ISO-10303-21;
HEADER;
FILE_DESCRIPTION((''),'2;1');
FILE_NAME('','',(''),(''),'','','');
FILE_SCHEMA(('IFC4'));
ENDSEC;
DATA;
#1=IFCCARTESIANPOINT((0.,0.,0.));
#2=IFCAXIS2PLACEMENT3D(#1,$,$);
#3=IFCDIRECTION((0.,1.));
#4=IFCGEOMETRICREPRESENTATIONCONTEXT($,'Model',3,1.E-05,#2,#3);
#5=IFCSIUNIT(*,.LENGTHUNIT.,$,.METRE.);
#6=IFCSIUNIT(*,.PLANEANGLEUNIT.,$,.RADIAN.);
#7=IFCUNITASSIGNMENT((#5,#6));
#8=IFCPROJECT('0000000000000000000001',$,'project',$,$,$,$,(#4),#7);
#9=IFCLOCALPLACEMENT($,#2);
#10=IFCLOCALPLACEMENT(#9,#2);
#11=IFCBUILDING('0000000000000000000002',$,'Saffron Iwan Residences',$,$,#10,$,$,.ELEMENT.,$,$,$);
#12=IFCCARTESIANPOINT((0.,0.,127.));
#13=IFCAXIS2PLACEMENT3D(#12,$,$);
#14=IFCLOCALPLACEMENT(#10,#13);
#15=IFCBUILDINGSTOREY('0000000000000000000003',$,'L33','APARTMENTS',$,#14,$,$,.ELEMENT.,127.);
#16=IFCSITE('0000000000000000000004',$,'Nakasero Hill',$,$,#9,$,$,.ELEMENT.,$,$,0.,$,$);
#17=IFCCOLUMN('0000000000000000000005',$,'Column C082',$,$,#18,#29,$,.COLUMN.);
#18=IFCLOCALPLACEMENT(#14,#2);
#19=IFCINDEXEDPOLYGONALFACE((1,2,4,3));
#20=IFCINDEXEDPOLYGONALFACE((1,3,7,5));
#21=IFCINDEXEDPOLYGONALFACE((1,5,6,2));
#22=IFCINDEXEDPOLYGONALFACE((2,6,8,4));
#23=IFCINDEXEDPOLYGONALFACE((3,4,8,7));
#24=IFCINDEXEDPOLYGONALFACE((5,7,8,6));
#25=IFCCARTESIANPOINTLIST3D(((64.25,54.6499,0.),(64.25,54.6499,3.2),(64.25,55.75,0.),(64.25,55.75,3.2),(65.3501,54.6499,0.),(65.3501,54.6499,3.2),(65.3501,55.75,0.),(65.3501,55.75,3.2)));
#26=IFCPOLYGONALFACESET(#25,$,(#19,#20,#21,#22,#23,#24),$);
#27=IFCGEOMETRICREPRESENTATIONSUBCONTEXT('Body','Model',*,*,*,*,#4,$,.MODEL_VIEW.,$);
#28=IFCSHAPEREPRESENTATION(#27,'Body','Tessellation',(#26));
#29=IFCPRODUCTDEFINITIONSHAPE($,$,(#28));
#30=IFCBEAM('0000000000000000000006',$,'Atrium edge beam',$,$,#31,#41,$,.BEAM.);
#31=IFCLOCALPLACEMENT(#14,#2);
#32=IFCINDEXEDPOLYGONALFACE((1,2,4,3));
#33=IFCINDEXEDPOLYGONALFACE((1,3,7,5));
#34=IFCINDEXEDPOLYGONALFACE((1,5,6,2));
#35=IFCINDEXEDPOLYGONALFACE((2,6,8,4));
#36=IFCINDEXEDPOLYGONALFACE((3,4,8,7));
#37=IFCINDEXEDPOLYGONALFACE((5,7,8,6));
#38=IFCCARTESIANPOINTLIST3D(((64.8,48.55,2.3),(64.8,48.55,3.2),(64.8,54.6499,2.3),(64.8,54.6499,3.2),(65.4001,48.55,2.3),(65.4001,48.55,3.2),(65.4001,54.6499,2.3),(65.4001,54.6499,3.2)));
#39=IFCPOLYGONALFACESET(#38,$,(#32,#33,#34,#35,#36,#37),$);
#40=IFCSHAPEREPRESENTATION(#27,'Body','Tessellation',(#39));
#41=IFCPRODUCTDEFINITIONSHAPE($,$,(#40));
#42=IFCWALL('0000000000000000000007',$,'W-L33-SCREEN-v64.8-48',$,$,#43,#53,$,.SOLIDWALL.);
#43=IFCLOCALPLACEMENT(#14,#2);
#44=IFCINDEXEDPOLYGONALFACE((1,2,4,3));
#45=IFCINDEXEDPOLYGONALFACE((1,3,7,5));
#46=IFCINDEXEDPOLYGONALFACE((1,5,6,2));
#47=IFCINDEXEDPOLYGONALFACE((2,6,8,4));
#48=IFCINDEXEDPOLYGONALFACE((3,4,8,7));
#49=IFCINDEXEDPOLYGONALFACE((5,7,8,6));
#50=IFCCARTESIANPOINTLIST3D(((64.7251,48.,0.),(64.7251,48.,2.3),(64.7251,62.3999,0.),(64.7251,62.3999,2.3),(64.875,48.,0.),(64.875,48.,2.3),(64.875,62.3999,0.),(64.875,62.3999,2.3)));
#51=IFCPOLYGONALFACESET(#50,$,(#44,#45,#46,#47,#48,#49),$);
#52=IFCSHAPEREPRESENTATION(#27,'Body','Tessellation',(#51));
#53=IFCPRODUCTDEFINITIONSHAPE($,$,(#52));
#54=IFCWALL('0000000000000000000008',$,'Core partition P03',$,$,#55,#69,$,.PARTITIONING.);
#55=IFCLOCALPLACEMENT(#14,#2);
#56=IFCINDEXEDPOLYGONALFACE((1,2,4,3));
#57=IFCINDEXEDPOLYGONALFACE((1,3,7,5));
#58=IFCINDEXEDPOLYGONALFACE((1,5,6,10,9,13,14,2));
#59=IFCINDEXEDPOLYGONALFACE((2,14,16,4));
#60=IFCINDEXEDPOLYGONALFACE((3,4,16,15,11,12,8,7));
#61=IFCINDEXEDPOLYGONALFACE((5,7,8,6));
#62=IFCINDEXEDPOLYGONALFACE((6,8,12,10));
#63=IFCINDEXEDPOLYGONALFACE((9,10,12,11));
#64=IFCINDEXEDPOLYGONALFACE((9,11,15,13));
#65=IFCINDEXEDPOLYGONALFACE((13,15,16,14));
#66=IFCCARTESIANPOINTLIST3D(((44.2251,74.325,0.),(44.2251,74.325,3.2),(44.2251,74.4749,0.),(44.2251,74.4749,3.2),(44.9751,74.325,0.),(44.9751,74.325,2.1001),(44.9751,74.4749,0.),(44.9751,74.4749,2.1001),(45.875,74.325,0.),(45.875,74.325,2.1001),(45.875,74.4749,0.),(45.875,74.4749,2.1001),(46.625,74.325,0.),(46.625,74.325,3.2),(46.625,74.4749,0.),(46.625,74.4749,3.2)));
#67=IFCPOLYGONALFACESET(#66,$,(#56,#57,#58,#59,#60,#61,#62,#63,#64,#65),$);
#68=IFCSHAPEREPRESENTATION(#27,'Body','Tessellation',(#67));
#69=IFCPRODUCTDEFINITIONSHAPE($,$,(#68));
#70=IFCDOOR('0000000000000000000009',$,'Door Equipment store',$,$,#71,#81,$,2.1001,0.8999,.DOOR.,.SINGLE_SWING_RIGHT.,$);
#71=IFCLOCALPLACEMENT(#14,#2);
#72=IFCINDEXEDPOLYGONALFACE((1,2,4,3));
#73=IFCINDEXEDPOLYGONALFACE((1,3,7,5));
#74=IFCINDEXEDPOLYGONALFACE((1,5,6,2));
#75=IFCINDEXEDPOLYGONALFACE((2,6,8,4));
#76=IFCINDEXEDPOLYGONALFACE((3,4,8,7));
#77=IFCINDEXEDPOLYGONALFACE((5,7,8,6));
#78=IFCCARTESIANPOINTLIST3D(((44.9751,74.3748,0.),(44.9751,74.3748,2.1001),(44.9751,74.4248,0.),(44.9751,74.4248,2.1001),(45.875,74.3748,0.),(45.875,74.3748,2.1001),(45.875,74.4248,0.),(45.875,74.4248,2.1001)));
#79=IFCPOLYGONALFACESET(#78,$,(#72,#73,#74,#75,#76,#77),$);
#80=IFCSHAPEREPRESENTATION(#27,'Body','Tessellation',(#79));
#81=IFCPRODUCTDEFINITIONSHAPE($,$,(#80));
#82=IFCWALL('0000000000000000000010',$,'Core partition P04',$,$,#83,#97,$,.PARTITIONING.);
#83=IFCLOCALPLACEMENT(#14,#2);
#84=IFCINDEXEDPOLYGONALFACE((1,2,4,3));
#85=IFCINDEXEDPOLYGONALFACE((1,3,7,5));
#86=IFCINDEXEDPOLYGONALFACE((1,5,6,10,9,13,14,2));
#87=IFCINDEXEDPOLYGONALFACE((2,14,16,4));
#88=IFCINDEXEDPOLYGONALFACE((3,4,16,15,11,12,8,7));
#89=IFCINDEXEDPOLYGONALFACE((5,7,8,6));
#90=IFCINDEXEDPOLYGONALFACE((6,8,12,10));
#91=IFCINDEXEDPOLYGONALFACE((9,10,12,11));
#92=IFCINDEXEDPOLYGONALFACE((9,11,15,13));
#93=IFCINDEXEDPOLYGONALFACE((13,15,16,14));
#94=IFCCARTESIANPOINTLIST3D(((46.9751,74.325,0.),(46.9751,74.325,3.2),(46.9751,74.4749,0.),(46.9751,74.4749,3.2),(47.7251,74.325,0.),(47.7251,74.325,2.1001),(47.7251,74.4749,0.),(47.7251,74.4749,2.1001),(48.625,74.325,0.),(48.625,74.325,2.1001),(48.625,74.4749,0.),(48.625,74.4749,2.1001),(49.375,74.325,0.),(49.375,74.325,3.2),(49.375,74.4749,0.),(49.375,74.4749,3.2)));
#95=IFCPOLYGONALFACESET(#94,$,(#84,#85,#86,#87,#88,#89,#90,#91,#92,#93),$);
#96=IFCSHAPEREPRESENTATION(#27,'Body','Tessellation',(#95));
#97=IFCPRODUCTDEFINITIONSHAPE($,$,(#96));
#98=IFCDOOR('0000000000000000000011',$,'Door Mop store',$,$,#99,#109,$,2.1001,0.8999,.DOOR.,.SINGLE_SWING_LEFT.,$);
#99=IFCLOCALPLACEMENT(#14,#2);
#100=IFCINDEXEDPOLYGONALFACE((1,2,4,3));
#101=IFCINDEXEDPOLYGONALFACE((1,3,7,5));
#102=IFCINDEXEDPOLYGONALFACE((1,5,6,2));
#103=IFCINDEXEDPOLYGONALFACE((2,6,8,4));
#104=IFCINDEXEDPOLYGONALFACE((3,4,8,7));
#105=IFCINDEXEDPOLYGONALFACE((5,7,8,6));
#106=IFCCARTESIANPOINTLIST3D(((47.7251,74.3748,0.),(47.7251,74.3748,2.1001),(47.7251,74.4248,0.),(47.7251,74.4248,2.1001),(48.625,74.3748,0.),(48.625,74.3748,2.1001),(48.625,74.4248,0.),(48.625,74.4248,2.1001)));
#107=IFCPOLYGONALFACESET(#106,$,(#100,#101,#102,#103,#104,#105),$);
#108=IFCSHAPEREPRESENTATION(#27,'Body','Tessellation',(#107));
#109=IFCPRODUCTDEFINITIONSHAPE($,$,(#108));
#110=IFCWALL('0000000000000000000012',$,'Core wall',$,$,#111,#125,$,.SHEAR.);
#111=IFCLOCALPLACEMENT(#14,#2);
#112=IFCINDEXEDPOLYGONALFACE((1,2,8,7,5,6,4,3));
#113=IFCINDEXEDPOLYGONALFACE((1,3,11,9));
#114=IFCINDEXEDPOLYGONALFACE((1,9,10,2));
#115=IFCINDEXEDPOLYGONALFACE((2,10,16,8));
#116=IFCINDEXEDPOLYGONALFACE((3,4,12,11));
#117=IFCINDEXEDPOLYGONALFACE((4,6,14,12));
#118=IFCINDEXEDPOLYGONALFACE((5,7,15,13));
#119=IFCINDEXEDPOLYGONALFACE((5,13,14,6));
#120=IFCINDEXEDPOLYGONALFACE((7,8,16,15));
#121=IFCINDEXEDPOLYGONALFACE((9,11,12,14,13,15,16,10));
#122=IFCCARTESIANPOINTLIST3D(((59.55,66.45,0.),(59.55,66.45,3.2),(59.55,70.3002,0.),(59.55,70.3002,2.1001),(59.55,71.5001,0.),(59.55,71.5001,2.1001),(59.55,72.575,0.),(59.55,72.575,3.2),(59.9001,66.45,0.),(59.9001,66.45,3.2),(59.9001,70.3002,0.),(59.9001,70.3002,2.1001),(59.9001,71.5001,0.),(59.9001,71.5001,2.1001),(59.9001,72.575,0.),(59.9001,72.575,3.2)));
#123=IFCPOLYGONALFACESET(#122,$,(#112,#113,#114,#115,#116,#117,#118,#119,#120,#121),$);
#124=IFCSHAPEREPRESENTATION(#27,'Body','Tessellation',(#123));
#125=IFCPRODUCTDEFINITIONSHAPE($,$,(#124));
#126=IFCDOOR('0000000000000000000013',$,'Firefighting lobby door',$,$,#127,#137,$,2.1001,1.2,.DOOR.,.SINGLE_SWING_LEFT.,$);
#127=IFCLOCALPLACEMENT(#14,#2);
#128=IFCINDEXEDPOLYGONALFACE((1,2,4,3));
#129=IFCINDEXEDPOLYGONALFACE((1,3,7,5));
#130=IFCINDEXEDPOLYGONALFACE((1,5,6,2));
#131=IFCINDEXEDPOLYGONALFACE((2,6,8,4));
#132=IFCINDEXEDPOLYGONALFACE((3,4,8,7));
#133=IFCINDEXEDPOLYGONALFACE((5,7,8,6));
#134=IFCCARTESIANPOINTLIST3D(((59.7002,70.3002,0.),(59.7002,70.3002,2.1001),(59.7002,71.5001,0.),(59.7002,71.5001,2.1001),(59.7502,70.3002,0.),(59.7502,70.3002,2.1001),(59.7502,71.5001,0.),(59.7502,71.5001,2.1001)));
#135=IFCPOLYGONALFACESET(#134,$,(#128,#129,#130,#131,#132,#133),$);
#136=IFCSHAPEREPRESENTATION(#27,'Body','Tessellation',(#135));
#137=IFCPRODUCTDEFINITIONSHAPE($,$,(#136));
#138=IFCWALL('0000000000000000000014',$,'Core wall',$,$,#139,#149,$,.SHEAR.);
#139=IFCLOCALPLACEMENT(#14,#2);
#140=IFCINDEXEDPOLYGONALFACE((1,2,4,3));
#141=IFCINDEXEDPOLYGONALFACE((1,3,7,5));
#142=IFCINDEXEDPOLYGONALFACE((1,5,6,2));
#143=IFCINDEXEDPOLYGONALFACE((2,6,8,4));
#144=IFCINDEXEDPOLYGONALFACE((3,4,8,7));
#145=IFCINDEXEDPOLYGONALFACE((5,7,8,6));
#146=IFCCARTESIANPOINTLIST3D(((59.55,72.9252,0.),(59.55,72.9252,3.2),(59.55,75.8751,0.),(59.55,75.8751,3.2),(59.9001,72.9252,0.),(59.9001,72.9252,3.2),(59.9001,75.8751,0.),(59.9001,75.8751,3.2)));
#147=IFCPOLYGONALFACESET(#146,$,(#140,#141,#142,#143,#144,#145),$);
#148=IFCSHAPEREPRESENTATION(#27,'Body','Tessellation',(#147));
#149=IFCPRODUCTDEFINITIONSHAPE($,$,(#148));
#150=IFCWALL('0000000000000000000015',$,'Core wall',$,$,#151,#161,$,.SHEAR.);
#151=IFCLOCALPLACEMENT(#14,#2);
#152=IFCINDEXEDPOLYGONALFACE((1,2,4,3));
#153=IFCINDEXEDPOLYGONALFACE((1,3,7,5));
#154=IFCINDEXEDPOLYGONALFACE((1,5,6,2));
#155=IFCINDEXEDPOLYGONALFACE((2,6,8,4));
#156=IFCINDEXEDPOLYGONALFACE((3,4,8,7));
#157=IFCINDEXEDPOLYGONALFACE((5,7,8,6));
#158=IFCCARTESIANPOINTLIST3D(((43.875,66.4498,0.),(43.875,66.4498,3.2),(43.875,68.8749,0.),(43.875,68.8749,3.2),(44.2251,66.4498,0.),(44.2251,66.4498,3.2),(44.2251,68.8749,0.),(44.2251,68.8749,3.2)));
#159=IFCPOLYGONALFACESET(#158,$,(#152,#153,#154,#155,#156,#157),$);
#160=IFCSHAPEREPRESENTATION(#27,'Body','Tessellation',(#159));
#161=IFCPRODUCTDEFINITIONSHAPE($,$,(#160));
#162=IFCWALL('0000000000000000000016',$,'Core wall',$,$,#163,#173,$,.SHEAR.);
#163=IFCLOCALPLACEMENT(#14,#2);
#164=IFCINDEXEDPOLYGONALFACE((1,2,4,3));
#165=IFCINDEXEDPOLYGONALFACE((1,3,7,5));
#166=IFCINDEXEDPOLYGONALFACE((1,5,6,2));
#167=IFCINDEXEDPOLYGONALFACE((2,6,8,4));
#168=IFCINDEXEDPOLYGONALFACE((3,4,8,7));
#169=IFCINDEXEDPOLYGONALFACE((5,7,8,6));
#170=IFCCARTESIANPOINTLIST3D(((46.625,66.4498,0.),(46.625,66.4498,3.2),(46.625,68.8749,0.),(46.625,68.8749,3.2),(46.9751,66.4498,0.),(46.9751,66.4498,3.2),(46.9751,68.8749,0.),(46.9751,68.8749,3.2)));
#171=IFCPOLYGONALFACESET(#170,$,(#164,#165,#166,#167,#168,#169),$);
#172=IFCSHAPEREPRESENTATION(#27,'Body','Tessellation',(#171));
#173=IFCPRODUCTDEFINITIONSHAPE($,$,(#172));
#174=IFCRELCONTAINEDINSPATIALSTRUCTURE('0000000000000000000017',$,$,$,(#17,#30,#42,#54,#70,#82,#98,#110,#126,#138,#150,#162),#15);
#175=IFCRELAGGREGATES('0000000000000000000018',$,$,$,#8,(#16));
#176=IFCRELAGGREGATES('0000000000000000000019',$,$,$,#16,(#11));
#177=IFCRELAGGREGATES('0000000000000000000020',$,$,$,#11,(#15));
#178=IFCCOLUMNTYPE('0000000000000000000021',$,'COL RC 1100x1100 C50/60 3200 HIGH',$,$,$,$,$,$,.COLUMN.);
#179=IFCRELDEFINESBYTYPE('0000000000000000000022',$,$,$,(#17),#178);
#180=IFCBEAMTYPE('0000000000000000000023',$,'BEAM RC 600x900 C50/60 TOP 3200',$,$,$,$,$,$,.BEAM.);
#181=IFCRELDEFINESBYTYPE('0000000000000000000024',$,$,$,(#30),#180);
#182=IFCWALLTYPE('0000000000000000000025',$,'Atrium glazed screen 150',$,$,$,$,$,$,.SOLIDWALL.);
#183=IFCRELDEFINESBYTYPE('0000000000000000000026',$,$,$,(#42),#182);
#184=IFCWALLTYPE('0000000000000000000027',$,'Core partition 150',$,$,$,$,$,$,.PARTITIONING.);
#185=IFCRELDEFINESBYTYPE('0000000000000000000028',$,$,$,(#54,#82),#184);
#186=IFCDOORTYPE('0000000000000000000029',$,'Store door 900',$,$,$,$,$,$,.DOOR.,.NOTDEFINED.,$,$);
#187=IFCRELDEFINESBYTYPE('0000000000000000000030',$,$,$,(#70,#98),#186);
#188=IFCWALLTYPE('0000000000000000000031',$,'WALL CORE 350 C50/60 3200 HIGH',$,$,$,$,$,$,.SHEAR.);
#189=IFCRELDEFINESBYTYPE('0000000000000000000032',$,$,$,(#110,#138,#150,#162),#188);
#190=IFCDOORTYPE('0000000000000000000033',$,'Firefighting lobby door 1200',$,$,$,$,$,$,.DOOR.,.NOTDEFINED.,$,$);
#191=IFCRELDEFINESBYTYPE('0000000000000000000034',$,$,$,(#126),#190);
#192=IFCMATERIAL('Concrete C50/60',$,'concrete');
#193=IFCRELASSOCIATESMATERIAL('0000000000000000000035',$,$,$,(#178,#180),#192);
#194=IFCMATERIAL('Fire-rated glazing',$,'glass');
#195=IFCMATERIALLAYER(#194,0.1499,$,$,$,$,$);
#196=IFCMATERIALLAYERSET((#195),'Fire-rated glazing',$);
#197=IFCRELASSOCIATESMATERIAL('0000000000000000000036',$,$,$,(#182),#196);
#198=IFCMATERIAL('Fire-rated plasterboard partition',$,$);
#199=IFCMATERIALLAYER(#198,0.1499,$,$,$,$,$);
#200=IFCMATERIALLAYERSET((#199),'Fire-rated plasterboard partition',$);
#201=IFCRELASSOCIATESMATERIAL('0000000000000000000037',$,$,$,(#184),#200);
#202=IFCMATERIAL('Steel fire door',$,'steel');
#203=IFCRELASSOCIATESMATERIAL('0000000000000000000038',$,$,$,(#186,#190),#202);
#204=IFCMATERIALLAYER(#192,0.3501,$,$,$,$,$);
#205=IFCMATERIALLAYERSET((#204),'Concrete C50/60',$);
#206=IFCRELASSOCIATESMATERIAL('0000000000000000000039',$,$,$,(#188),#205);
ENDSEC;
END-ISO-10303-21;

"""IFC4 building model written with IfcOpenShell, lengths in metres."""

from ifc_helpers import new_model, si_unit, direction, frame, frame_2d, origin, origin_2d, place, context, subcontext, project, spatial, rectangle, extrude, source, transform, mapped, material, layer, layer_set, material_profile, profile_set, type_object, element, fill, save


model = new_model("IFC4")

# Units and contexts
model_context = context("Model", 3, precision=1e-05, world=origin(), true_north=direction((0.0, 1.0)))
body_context = subcontext(model_context, "Body", "Model", "MODEL_VIEW")
ifc_project = project(units=[si_unit("LENGTHUNIT", "METRE"), si_unit("PLANEANGLEUNIT", "RADIAN")], contexts=[model_context])

# Site, building, storey
site_placement = place(None, origin())
site = spatial("IfcSite", under=ifc_project, at=site_placement, Name="Nakasero Hill", CompositionType="ELEMENT", RefElevation=0.0)
building_placement = place(site_placement, origin())
building = spatial("IfcBuilding", under=site, at=building_placement, Name="Saffron Iwan Residences", CompositionType="ELEMENT")
storey_placement = place(building_placement, frame((0.0, 0.0, 127.0)))
storey = spatial("IfcBuildingStorey", under=building, at=storey_placement, Name="L33", Description="APARTMENTS", CompositionType="ELEMENT", Elevation=127.0)

# Column
ifc_material_1 = material(Name="Concrete C50/60", Category="concrete")
ifc_material_profile_1 = material_profile(ifc_material_1, rectangle(XDim=1.1001, YDim=1.1001, at=origin_2d()), Name="RC 1100x1100")
ifc_profile_set_1 = profile_set([ifc_material_profile_1], Name="Concrete C50/60")
column_type = type_object("IfcColumnType", Name="COL RC 1100x1100 C50/60 3200 HIGH", PredefinedType="COLUMN", material=ifc_profile_set_1)
shared_shape_1 = source(origin(), body_context, "Body", "SweptSolid", [
    extrude(rectangle(XDim=1.1001, YDim=1.1001, at=origin_2d()), origin(), (0.0, 0.0, 1.0), 3.2),
])
column_placement = place(storey_placement, frame((64.8, 55.2, 0.0), z_axis=(0.0, 0.0, 1.0), x_axis=(1.0, 0.0, 0.0)))
element("IfcColumn", 1, at=column_placement, inside=storey, type_object=column_type, Name="Column C082", PredefinedType="COLUMN", context=body_context, shape_type="MappedRepresentation", body=[
    mapped(shared_shape_1, transform((0.0, 0.0, 0.0))),
])

# Beam
ifc_material_profile_2 = material_profile(ifc_material_1, rectangle(XDim=0.6001, YDim=0.8999, at=origin_2d()), Name="RC 600x900")
ifc_profile_set_2 = profile_set([ifc_material_profile_2], Name="Concrete C50/60")
beam_type = type_object("IfcBeamType", Name="BEAM RC 600x900 C50/60 TOP 3200", PredefinedType="BEAM", material=ifc_profile_set_2)
shared_shape_2 = source(origin(), body_context, "Body", "SweptSolid", [
    extrude(rectangle(XDim=0.6001, YDim=0.8999, at=origin_2d()), origin(), (0.0, 0.0, 1.0), 6.0999),
])
beam_placement = place(storey_placement, frame((65.1001, 54.6499, 2.75), z_axis=(0.0, -1.0, 0.0), x_axis=(1.0, 0.0, 0.0)))
element("IfcBeam", 2, at=beam_placement, inside=storey, type_object=beam_type, Name="Atrium edge beam", PredefinedType="BEAM", context=body_context, shape_type="MappedRepresentation", body=[
    mapped(shared_shape_2, transform((0.0, 0.0, 0.0))),
])

# Wall
ifc_material_2 = material(Name="Fire-rated glazing", Category="glass")
ifc_layer_1 = layer(ifc_material_2, 0.1499)
ifc_layer_set_1 = layer_set([ifc_layer_1], Name="Fire-rated glazing")
wall_type_1 = type_object("IfcWallType", Name="Atrium glazed screen 150", PredefinedType="SOLIDWALL", material=ifc_layer_set_1)
wall_1_placement = place(storey_placement, frame((64.8, 48.0, 0.0), z_axis=(0.0, 0.0, 1.0), x_axis=(0.0, 1.0, 0.0)))
element("IfcWall", 3, at=wall_1_placement, inside=storey, type_object=wall_type_1, Name="W-L33-SCREEN-v64.8-48", PredefinedType="SOLIDWALL", context=body_context, shape_type="SweptSolid", body=[
    extrude(rectangle(XDim=14.3999, YDim=0.1499, at=frame_2d((7.2, 0.0))), origin(), (0.0, 0.0, 1.0), 2.3),
])

# Walls, openings, doors
ifc_material_3 = material(Name="Fire-rated plasterboard partition")
ifc_layer_2 = layer(ifc_material_3, 0.1499)
ifc_layer_set_2 = layer_set([ifc_layer_2], Name="Fire-rated plasterboard partition")
wall_type_2 = type_object("IfcWallType", Name="Core partition 150", PredefinedType="PARTITIONING", material=ifc_layer_set_2)
wall_2_placement = place(storey_placement, frame((44.2251, 74.3999, 0.0), z_axis=(0.0, 0.0, 1.0), x_axis=(1.0, 0.0, 0.0)))
wall_2 = element("IfcWall", 4, at=wall_2_placement, inside=storey, type_object=wall_type_2, Name="Core partition P03", PredefinedType="PARTITIONING", context=body_context, shape_type="SweptSolid", body=[
    extrude(rectangle(XDim=2.3999, YDim=0.1499, at=frame_2d((1.2, 0.0))), origin(), (0.0, 0.0, 1.0), 3.2),
])
opening_1_placement = place(wall_2_placement, frame((0.75, 0.0, 0.0)))
opening_1 = element("IfcOpeningElement", 5, at=opening_1_placement, cuts=wall_2, PredefinedType="OPENING", context=body_context, shape_type="SweptSolid", body=[
    extrude(rectangle(XDim=0.8999, YDim=2.1001, at=frame_2d((0.45, 1.05))), frame((0.0, 0.085, 0.0), z_axis=(0.0, -1.0, 0.0), x_axis=(1.0, 0.0, 0.0)), (0.0, 0.0, 1.0), 0.1699),
])
ifc_material_4 = material(Name="Steel fire door", Category="steel")
door_type_1 = type_object("IfcDoorType", Name="Store door 900", OperationType="NOTDEFINED", PredefinedType="DOOR", material=ifc_material_4)
door_1_placement = place(opening_1_placement, origin())
door_1 = element("IfcDoor", 6, at=door_1_placement, inside=storey, type_object=door_type_1, Name="Door Equipment store", OperationType="SINGLE_SWING_RIGHT", OverallHeight=2.1001, OverallWidth=0.8999, PredefinedType="DOOR", context=body_context, shape_type="SweptSolid", body=[
    extrude(rectangle(XDim=0.8999, YDim=2.1001, at=frame_2d((0.45, 1.05))), frame((0.0, 0.0249, 0.0), z_axis=(0.0, -1.0, 0.0), x_axis=(1.0, 0.0, 0.0)), (0.0, 0.0, 1.0), 0.05),
])
fill(opening_1, door_1)
wall_3_placement = place(storey_placement, frame((46.9751, 74.3999, 0.0), z_axis=(0.0, 0.0, 1.0), x_axis=(1.0, 0.0, 0.0)))
wall_3 = element("IfcWall", 7, at=wall_3_placement, inside=storey, type_object=wall_type_2, Name="Core partition P04", PredefinedType="PARTITIONING", context=body_context, shape_type="SweptSolid", body=[
    extrude(rectangle(XDim=2.3999, YDim=0.1499, at=frame_2d((1.2, 0.0))), origin(), (0.0, 0.0, 1.0), 3.2),
])
opening_2_placement = place(wall_3_placement, frame((0.75, 0.0, 0.0)))
opening_2 = element("IfcOpeningElement", 8, at=opening_2_placement, cuts=wall_3, PredefinedType="OPENING", context=body_context, shape_type="SweptSolid", body=[
    extrude(rectangle(XDim=0.8999, YDim=2.1001, at=frame_2d((0.45, 1.05))), frame((0.0, 0.085, 0.0), z_axis=(0.0, -1.0, 0.0), x_axis=(1.0, 0.0, 0.0)), (0.0, 0.0, 1.0), 0.1699),
])
door_2_placement = place(opening_2_placement, origin())
door_2 = element("IfcDoor", 9, at=door_2_placement, inside=storey, type_object=door_type_1, Name="Door Mop store", OperationType="SINGLE_SWING_LEFT", OverallHeight=2.1001, OverallWidth=0.8999, PredefinedType="DOOR", context=body_context, shape_type="SweptSolid", body=[
    extrude(rectangle(XDim=0.8999, YDim=2.1001, at=frame_2d((0.45, 1.05))), frame((0.0, 0.0249, 0.0), z_axis=(0.0, -1.0, 0.0), x_axis=(1.0, 0.0, 0.0)), (0.0, 0.0, 1.0), 0.05),
])
fill(opening_2, door_2)
ifc_layer_3 = layer(ifc_material_1, 0.3501)
ifc_layer_set_3 = layer_set([ifc_layer_3], Name="Concrete C50/60")
wall_type_3 = type_object("IfcWallType", Name="WALL CORE 350 C50/60 3200 HIGH", PredefinedType="SHEAR", material=ifc_layer_set_3)
wall_4_placement = place(storey_placement, frame((59.7251, 66.45, 0.0), z_axis=(0.0, 0.0, 1.0), x_axis=(0.0, 1.0, 0.0)))
wall_4 = element("IfcWall", 10, at=wall_4_placement, inside=storey, type_object=wall_type_3, Name="Core wall", PredefinedType="SHEAR", context=body_context, shape_type="SweptSolid", body=[
    extrude(rectangle(XDim=6.125, YDim=0.3501, at=frame_2d((3.0625, 0.0))), origin(), (0.0, 0.0, 1.0), 3.2),
])
opening_3_placement = place(wall_4_placement, frame((3.8501, 0.0, 0.0)))
opening_3 = element("IfcOpeningElement", 11, at=opening_3_placement, cuts=wall_4, PredefinedType="OPENING", context=body_context, shape_type="SweptSolid", body=[
    extrude(rectangle(XDim=1.2, YDim=2.1001, at=frame_2d((0.6001, 1.05))), frame((0.0, 0.1851, 0.0), z_axis=(0.0, -1.0, 0.0), x_axis=(1.0, 0.0, 0.0)), (0.0, 0.0, 1.0), 0.3701),
])
door_type_2 = type_object("IfcDoorType", Name="Firefighting lobby door 1200", OperationType="NOTDEFINED", PredefinedType="DOOR", material=ifc_material_4)
door_3_placement = place(opening_3_placement, origin())
door_3 = element("IfcDoor", 12, at=door_3_placement, inside=storey, type_object=door_type_2, Name="Firefighting lobby door", OperationType="SINGLE_SWING_LEFT", OverallHeight=2.1001, OverallWidth=1.2, PredefinedType="DOOR", context=body_context, shape_type="SweptSolid", body=[
    extrude(rectangle(XDim=1.2, YDim=2.1001, at=frame_2d((0.6001, 1.05))), frame((0.0, 0.0249, 0.0), z_axis=(0.0, -1.0, 0.0), x_axis=(1.0, 0.0, 0.0)), (0.0, 0.0, 1.0), 0.05),
])
fill(opening_3, door_3)

# Walls
wall_5_placement = place(storey_placement, frame((59.7251, 72.925, 0.0), z_axis=(0.0, 0.0, 1.0), x_axis=(0.0, 1.0, 0.0)))
element("IfcWall", 13, at=wall_5_placement, inside=storey, type_object=wall_type_3, Name="Core wall", PredefinedType="SHEAR", context=body_context, shape_type="SweptSolid", body=[
    extrude(rectangle(XDim=2.95, YDim=0.3501, at=frame_2d((1.4751, 0.0))), origin(), (0.0, 0.0, 1.0), 3.2),
])
for number, where, z_axis, x_axis, name in (
    (14, (44.05, 66.45, 0.0), (0.0, 0.0, 1.0), (0.0, 1.0, 0.0), "Core wall"),
    (15, (46.8, 66.45, 0.0), (0.0, 0.0, 1.0), (0.0, 1.0, 0.0), "Core wall"),
):
    element("IfcWall", number, at=place(storey_placement, frame(where, z_axis=z_axis, x_axis=x_axis)), inside=storey, type_object=wall_type_3, Name=name, PredefinedType="SHEAR", context=body_context, shape_type="SweptSolid", body=[
        extrude(rectangle(XDim=2.425, YDim=0.3501, at=frame_2d((1.2124, 0.0))), origin(), (0.0, 0.0, 1.0), 3.2),
    ])

save(model, "model.ifc")
